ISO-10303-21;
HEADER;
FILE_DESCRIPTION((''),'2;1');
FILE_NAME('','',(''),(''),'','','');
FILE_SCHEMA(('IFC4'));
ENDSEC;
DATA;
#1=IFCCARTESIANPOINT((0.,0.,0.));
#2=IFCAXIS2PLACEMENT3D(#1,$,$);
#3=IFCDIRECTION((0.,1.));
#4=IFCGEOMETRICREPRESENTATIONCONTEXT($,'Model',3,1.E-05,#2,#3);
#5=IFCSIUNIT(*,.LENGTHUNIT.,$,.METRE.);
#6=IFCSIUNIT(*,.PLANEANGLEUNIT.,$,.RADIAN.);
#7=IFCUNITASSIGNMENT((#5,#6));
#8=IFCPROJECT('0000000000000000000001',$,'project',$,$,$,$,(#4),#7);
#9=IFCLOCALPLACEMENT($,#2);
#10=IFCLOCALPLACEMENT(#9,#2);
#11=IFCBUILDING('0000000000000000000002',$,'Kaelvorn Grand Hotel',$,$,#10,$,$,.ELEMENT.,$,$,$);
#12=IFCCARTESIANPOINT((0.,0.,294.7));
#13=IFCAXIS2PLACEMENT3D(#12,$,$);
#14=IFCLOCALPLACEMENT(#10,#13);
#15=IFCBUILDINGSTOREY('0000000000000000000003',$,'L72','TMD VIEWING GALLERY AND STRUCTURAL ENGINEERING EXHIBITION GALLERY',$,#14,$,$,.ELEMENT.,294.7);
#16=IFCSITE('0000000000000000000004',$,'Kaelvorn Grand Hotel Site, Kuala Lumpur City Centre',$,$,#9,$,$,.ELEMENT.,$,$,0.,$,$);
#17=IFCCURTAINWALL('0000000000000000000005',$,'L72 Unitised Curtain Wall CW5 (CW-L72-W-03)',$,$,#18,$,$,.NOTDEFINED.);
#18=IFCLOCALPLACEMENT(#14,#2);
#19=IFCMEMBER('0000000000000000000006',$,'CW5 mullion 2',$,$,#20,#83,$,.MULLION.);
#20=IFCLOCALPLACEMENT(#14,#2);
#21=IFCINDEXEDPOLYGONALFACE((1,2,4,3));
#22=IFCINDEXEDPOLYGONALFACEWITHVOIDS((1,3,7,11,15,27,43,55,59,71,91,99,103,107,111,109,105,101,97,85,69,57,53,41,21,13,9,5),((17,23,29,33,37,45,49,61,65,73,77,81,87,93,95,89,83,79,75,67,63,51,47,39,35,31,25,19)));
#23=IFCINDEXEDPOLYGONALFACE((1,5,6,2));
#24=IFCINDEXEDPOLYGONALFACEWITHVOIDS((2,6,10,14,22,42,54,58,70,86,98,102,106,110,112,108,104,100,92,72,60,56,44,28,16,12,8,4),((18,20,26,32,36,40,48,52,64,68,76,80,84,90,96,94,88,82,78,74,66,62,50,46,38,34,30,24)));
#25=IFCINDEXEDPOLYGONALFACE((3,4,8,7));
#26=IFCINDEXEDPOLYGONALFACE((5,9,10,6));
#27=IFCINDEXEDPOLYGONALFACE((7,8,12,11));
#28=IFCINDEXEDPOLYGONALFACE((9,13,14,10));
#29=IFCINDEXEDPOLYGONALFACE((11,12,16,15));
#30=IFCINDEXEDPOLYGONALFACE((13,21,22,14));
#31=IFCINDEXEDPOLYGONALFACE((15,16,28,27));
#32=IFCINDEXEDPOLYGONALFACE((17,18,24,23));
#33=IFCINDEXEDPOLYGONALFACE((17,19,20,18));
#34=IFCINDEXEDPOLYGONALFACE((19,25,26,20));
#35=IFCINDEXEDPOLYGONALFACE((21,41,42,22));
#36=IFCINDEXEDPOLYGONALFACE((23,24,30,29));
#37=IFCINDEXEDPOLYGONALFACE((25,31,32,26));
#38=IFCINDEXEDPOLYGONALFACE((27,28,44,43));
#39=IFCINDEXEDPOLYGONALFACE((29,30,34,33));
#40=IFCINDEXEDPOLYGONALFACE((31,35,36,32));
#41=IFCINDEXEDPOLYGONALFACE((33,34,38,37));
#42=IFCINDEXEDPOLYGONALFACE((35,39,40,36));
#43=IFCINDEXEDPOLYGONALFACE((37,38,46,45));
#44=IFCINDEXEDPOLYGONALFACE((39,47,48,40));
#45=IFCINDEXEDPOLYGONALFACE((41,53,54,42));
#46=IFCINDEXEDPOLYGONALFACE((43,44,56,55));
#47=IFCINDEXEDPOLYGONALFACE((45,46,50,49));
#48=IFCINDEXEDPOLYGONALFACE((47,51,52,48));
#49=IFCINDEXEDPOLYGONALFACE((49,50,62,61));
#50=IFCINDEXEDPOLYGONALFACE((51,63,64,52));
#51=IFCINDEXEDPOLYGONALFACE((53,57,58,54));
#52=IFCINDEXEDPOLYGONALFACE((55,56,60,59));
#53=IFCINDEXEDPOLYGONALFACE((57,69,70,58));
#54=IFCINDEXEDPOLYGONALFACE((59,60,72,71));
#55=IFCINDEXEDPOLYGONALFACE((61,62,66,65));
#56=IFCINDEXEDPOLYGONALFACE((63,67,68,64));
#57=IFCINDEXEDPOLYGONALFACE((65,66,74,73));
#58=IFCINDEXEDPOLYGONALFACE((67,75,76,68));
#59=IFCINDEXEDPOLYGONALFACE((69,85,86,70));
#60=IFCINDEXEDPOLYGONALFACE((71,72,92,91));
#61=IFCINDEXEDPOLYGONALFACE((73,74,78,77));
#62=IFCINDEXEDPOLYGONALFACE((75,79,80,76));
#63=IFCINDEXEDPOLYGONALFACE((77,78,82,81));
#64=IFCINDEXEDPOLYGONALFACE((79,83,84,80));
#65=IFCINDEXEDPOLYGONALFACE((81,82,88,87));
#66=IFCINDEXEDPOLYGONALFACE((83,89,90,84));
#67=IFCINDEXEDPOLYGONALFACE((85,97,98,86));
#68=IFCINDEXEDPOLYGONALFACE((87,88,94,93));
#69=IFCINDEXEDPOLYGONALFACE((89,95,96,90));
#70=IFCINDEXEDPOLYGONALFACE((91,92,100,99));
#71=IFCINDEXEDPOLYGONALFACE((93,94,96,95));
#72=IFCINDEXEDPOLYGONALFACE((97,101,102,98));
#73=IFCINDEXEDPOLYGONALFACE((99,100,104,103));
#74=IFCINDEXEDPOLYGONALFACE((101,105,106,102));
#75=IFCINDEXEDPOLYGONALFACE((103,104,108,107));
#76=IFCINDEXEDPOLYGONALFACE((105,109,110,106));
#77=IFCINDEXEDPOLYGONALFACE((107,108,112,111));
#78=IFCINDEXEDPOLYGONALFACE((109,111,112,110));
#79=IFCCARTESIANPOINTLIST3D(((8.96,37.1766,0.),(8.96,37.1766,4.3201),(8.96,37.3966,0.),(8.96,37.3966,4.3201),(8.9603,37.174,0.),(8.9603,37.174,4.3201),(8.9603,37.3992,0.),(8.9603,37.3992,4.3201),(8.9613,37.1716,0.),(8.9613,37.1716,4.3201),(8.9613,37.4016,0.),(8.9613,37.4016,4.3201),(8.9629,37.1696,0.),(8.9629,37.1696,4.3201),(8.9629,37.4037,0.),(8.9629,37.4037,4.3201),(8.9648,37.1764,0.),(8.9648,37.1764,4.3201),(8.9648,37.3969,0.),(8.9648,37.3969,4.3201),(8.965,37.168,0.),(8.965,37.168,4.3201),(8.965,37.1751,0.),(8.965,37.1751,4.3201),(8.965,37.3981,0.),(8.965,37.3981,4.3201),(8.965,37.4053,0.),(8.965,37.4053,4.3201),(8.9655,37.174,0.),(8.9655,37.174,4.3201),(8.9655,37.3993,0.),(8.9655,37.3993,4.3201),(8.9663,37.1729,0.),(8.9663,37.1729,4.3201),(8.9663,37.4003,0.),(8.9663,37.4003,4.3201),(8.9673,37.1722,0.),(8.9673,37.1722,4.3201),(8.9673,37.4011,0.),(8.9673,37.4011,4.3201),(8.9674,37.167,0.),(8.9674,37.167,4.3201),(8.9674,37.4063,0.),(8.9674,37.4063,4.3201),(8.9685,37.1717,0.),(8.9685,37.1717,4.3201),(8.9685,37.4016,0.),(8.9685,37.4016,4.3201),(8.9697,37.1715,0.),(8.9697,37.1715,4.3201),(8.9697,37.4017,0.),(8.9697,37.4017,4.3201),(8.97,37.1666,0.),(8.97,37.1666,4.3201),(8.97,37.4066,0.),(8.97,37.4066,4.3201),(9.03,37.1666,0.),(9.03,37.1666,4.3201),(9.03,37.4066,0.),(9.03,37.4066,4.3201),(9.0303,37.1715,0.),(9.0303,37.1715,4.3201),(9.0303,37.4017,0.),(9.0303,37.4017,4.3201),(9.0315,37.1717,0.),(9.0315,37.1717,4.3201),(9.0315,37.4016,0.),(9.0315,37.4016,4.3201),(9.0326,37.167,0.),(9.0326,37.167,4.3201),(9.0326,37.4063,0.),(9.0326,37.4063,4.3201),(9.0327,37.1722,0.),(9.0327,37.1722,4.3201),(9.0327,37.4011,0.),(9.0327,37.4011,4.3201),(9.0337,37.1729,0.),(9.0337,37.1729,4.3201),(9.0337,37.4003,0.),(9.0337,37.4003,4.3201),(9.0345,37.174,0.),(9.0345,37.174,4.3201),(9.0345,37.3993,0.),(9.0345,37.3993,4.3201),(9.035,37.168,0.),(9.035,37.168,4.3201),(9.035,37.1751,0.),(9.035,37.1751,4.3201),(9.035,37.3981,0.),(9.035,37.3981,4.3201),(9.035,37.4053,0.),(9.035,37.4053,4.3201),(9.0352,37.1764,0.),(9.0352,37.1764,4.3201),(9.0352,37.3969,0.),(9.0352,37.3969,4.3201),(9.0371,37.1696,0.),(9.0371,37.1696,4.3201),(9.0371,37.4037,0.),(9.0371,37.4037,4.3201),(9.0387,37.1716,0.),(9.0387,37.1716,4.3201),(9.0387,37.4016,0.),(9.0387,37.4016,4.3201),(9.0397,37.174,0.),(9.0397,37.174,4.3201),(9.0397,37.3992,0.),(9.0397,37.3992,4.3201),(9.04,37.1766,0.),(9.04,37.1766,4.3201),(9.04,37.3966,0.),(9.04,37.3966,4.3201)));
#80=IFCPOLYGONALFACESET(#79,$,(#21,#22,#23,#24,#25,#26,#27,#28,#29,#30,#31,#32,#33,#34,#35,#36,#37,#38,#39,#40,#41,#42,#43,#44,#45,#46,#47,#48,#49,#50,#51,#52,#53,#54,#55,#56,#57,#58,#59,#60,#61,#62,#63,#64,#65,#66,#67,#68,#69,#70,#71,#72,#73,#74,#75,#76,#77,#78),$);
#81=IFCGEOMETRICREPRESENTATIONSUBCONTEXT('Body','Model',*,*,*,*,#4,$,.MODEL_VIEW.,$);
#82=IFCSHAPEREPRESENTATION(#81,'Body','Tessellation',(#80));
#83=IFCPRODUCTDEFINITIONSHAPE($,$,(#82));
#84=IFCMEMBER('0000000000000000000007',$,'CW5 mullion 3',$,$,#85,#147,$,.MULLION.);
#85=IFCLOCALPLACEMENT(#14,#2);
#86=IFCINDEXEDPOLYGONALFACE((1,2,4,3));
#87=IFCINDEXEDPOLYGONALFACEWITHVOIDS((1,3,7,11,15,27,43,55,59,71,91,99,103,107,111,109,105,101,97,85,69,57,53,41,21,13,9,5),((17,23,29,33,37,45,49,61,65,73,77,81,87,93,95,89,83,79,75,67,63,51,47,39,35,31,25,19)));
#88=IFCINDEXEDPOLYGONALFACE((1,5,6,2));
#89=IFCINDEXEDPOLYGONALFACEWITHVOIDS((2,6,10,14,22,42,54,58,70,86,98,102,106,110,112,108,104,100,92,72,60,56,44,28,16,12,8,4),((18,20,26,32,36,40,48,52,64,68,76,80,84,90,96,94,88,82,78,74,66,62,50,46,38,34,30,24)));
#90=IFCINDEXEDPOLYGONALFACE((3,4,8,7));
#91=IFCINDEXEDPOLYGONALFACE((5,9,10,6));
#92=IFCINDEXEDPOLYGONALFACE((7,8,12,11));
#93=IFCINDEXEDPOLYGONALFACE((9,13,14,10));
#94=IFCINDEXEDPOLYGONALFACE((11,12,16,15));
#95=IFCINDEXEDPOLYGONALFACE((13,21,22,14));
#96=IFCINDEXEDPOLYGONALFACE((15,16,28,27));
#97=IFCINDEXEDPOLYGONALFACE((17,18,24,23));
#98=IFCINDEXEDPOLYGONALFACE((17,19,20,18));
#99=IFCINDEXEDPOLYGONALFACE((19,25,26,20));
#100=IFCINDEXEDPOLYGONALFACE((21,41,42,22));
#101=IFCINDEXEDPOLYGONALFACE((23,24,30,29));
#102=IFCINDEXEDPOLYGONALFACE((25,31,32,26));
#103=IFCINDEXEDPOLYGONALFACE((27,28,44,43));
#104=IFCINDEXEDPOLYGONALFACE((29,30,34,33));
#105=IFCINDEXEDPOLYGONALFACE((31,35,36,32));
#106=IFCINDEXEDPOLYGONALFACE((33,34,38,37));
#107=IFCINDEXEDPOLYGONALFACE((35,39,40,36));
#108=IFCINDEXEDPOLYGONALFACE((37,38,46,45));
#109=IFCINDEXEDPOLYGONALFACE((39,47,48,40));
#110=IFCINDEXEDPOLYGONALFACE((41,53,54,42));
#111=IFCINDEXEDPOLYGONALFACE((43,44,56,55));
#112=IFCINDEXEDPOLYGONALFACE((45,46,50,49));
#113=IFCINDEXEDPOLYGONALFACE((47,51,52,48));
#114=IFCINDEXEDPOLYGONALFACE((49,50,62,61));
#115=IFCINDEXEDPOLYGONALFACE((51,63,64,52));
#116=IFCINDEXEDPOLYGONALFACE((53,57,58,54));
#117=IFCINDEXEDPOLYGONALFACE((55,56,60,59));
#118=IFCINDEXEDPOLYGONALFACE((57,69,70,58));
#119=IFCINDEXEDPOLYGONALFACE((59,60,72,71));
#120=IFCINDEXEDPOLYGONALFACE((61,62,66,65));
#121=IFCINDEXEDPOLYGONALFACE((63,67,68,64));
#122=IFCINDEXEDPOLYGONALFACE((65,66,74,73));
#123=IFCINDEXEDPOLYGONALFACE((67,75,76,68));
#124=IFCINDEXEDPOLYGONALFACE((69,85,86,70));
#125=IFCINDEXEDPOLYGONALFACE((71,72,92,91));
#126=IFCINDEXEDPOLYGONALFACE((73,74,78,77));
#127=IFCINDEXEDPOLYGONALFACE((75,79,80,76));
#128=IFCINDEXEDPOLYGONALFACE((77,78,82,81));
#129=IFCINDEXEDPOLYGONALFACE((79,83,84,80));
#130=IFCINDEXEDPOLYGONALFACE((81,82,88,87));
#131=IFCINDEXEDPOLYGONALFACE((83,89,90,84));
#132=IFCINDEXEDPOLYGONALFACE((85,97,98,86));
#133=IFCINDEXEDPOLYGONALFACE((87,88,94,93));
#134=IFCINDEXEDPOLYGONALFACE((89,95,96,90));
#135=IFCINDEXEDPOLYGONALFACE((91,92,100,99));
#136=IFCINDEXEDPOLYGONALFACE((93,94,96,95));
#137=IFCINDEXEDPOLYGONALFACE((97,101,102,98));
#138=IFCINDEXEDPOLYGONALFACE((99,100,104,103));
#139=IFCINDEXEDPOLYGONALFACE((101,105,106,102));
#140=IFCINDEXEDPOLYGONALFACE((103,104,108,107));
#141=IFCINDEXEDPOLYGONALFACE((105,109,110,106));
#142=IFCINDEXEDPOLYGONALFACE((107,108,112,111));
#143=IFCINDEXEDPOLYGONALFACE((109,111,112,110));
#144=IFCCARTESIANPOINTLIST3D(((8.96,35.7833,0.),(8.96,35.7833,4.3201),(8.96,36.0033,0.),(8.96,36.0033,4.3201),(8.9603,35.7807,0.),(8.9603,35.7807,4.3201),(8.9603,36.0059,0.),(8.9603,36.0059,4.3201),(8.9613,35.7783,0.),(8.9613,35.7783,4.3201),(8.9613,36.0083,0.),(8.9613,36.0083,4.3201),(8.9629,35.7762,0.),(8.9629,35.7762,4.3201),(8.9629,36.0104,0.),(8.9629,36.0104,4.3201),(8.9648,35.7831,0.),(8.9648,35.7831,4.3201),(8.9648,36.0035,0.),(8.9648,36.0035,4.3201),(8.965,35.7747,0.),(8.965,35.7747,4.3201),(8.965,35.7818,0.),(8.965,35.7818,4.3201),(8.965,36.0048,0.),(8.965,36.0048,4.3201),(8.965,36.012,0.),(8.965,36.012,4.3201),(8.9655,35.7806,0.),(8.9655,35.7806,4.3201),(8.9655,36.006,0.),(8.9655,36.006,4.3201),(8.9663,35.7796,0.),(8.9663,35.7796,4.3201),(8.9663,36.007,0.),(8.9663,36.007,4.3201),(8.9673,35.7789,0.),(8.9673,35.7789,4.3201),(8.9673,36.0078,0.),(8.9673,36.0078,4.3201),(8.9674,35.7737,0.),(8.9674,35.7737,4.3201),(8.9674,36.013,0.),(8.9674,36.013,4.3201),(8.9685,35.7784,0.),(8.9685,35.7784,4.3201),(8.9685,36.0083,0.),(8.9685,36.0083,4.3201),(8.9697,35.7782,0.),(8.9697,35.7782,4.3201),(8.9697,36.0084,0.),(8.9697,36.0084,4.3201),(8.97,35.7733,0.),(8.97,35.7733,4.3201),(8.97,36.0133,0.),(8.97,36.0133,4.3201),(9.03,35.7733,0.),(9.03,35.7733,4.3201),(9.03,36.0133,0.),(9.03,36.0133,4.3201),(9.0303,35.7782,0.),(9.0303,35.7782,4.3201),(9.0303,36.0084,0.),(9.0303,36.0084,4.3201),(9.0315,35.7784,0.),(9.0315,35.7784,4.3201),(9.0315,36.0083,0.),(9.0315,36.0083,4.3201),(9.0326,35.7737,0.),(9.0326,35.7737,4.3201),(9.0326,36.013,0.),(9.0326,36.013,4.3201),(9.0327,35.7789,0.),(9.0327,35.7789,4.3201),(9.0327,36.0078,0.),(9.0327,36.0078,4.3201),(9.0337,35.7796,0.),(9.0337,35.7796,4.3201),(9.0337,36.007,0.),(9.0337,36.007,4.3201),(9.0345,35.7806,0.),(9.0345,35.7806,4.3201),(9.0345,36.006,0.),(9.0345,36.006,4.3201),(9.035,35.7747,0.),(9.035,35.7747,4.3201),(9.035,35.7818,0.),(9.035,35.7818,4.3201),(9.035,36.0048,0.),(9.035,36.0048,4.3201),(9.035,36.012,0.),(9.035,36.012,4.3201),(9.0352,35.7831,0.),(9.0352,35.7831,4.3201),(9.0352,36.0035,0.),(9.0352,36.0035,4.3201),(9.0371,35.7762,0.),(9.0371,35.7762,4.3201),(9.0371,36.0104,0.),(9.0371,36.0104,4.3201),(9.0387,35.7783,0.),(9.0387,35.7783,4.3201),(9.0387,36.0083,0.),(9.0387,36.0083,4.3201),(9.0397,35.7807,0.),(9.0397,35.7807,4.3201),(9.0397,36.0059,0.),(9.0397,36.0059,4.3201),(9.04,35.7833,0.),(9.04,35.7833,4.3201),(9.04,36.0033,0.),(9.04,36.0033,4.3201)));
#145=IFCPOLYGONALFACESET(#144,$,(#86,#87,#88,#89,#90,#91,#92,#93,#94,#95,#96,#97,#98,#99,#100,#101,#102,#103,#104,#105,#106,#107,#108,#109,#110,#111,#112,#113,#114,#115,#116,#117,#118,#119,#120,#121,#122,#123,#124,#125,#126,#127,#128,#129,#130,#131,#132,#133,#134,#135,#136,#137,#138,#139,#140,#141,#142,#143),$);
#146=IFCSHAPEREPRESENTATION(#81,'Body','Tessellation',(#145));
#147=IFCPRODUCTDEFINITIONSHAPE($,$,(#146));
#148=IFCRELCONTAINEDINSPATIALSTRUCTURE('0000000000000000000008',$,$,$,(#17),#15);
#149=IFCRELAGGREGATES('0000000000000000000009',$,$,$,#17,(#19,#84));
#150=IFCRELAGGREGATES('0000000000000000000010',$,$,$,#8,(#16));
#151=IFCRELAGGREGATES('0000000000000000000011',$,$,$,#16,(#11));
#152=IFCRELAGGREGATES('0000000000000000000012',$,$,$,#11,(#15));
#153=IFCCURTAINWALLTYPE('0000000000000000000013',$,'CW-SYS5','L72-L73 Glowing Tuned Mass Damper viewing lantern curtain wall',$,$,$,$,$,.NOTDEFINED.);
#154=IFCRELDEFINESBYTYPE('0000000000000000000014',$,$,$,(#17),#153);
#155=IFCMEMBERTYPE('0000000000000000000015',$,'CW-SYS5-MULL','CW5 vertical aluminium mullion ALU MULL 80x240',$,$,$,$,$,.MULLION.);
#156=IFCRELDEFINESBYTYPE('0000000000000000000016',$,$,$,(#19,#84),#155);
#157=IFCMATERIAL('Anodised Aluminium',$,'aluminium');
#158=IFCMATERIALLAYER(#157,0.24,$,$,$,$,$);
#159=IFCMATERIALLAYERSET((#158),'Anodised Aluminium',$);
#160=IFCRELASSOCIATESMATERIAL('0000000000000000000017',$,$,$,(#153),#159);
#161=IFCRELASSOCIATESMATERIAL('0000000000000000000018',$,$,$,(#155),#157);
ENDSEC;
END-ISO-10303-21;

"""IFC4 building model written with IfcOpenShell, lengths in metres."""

from ifc_helpers import new_model, si_unit, direction, frame, origin, origin_2d, place, context, subcontext, project, spatial, hollow_rectangle, extrude, material, layer, layer_set, material_profile, profile_set, type_object, element, aggregate, save


model = new_model("IFC4")

# Units and contexts
model_context = context("Model", 3, precision=1e-05, world=origin(), true_north=direction((0.0, 1.0)))
body_context = subcontext(model_context, "Body", "Model", "MODEL_VIEW")
ifc_project = project(units=[si_unit("LENGTHUNIT", "METRE"), si_unit("PLANEANGLEUNIT", "RADIAN")], contexts=[model_context])

# Site, building, storey
site_placement = place(None, origin())
site = spatial("IfcSite", under=ifc_project, at=site_placement, Name="Kaelvorn Grand Hotel Site, Kuala Lumpur City Centre", CompositionType="ELEMENT", RefElevation=0.0)
building_placement = place(site_placement, origin())
building = spatial("IfcBuilding", under=site, at=building_placement, Name="Kaelvorn Grand Hotel", CompositionType="ELEMENT")
storey_placement = place(building_placement, frame((0.0, 0.0, 294.7)))
storey = spatial("IfcBuildingStorey", under=building, at=storey_placement, Name="L72", Description="TMD VIEWING GALLERY AND STRUCTURAL ENGINEERING EXHIBITION GALLERY", CompositionType="ELEMENT", Elevation=294.7)

# Curtain wall, members
ifc_material_1 = material(Name="Anodised Aluminium", Category="aluminium")
ifc_layer_1 = layer(ifc_material_1, 0.24)
ifc_layer_set_1 = layer_set([ifc_layer_1], Name="Anodised Aluminium")
curtain_wall_type = type_object("IfcCurtainWallType", Name="CW-SYS5", Description="L72-L73 Glowing Tuned Mass Damper viewing lantern curtain wall", PredefinedType="NOTDEFINED", material=ifc_layer_set_1)
ifc_material_profile_1 = material_profile(ifc_material_1, hollow_rectangle(XDim=0.0801, YDim=0.24, WallThickness=0.0049, InnerFilletRadius=0.0049, OuterFilletRadius=0.01, at=origin_2d()), Name="ALU MULL 80x240")
ifc_profile_set_1 = profile_set([ifc_material_profile_1], Name="Anodised Aluminium")
member_type_1 = type_object("IfcMemberType", Name="CW-SYS5-MULL", Description="CW5 vertical aluminium mullion ALU MULL 80x240", PredefinedType="MULLION", material=ifc_profile_set_1)
curtain_wall_1_placement = place(storey_placement, origin())
curtain_wall_1 = element("IfcCurtainWall", 1, at=curtain_wall_1_placement, inside=storey, type_object=curtain_wall_type, Name="L72 Unitised Curtain Wall CW5 (CW-L72-W-03)", PredefinedType="NOTDEFINED")
member_1_placement = place(storey_placement, frame((9.0, 37.2866, 0.0), z_axis=(0.0, 0.0, 1.0), x_axis=(1.0, 0.0, 0.0)))
member_1 = element("IfcMember", 2, at=member_1_placement, type_object=member_type_1, Name="CW5 mullion 2", PredefinedType="MULLION", context=body_context, shape_type="SweptSolid", body=[
    extrude(hollow_rectangle(XDim=0.0801, YDim=0.24, WallThickness=0.0049, InnerFilletRadius=0.0049, OuterFilletRadius=0.01, at=origin_2d()), origin(), (0.0, 0.0, 1.0), 4.3201),
])
member_2_placement = place(storey_placement, frame((9.0, 35.8933, 0.0), z_axis=(0.0, 0.0, 1.0), x_axis=(1.0, 0.0, 0.0)))
member_2 = element("IfcMember", 3, at=member_2_placement, type_object=member_type_1, Name="CW5 mullion 3", PredefinedType="MULLION", context=body_context, shape_type="SweptSolid", body=[
    extrude(hollow_rectangle(XDim=0.0801, YDim=0.24, WallThickness=0.0049, InnerFilletRadius=0.0049, OuterFilletRadius=0.01, at=origin_2d()), origin(), (0.0, 0.0, 1.0), 4.3201),
])

aggregate(curtain_wall_1, [member_1, member_2])

save(model, "model.ifc")
